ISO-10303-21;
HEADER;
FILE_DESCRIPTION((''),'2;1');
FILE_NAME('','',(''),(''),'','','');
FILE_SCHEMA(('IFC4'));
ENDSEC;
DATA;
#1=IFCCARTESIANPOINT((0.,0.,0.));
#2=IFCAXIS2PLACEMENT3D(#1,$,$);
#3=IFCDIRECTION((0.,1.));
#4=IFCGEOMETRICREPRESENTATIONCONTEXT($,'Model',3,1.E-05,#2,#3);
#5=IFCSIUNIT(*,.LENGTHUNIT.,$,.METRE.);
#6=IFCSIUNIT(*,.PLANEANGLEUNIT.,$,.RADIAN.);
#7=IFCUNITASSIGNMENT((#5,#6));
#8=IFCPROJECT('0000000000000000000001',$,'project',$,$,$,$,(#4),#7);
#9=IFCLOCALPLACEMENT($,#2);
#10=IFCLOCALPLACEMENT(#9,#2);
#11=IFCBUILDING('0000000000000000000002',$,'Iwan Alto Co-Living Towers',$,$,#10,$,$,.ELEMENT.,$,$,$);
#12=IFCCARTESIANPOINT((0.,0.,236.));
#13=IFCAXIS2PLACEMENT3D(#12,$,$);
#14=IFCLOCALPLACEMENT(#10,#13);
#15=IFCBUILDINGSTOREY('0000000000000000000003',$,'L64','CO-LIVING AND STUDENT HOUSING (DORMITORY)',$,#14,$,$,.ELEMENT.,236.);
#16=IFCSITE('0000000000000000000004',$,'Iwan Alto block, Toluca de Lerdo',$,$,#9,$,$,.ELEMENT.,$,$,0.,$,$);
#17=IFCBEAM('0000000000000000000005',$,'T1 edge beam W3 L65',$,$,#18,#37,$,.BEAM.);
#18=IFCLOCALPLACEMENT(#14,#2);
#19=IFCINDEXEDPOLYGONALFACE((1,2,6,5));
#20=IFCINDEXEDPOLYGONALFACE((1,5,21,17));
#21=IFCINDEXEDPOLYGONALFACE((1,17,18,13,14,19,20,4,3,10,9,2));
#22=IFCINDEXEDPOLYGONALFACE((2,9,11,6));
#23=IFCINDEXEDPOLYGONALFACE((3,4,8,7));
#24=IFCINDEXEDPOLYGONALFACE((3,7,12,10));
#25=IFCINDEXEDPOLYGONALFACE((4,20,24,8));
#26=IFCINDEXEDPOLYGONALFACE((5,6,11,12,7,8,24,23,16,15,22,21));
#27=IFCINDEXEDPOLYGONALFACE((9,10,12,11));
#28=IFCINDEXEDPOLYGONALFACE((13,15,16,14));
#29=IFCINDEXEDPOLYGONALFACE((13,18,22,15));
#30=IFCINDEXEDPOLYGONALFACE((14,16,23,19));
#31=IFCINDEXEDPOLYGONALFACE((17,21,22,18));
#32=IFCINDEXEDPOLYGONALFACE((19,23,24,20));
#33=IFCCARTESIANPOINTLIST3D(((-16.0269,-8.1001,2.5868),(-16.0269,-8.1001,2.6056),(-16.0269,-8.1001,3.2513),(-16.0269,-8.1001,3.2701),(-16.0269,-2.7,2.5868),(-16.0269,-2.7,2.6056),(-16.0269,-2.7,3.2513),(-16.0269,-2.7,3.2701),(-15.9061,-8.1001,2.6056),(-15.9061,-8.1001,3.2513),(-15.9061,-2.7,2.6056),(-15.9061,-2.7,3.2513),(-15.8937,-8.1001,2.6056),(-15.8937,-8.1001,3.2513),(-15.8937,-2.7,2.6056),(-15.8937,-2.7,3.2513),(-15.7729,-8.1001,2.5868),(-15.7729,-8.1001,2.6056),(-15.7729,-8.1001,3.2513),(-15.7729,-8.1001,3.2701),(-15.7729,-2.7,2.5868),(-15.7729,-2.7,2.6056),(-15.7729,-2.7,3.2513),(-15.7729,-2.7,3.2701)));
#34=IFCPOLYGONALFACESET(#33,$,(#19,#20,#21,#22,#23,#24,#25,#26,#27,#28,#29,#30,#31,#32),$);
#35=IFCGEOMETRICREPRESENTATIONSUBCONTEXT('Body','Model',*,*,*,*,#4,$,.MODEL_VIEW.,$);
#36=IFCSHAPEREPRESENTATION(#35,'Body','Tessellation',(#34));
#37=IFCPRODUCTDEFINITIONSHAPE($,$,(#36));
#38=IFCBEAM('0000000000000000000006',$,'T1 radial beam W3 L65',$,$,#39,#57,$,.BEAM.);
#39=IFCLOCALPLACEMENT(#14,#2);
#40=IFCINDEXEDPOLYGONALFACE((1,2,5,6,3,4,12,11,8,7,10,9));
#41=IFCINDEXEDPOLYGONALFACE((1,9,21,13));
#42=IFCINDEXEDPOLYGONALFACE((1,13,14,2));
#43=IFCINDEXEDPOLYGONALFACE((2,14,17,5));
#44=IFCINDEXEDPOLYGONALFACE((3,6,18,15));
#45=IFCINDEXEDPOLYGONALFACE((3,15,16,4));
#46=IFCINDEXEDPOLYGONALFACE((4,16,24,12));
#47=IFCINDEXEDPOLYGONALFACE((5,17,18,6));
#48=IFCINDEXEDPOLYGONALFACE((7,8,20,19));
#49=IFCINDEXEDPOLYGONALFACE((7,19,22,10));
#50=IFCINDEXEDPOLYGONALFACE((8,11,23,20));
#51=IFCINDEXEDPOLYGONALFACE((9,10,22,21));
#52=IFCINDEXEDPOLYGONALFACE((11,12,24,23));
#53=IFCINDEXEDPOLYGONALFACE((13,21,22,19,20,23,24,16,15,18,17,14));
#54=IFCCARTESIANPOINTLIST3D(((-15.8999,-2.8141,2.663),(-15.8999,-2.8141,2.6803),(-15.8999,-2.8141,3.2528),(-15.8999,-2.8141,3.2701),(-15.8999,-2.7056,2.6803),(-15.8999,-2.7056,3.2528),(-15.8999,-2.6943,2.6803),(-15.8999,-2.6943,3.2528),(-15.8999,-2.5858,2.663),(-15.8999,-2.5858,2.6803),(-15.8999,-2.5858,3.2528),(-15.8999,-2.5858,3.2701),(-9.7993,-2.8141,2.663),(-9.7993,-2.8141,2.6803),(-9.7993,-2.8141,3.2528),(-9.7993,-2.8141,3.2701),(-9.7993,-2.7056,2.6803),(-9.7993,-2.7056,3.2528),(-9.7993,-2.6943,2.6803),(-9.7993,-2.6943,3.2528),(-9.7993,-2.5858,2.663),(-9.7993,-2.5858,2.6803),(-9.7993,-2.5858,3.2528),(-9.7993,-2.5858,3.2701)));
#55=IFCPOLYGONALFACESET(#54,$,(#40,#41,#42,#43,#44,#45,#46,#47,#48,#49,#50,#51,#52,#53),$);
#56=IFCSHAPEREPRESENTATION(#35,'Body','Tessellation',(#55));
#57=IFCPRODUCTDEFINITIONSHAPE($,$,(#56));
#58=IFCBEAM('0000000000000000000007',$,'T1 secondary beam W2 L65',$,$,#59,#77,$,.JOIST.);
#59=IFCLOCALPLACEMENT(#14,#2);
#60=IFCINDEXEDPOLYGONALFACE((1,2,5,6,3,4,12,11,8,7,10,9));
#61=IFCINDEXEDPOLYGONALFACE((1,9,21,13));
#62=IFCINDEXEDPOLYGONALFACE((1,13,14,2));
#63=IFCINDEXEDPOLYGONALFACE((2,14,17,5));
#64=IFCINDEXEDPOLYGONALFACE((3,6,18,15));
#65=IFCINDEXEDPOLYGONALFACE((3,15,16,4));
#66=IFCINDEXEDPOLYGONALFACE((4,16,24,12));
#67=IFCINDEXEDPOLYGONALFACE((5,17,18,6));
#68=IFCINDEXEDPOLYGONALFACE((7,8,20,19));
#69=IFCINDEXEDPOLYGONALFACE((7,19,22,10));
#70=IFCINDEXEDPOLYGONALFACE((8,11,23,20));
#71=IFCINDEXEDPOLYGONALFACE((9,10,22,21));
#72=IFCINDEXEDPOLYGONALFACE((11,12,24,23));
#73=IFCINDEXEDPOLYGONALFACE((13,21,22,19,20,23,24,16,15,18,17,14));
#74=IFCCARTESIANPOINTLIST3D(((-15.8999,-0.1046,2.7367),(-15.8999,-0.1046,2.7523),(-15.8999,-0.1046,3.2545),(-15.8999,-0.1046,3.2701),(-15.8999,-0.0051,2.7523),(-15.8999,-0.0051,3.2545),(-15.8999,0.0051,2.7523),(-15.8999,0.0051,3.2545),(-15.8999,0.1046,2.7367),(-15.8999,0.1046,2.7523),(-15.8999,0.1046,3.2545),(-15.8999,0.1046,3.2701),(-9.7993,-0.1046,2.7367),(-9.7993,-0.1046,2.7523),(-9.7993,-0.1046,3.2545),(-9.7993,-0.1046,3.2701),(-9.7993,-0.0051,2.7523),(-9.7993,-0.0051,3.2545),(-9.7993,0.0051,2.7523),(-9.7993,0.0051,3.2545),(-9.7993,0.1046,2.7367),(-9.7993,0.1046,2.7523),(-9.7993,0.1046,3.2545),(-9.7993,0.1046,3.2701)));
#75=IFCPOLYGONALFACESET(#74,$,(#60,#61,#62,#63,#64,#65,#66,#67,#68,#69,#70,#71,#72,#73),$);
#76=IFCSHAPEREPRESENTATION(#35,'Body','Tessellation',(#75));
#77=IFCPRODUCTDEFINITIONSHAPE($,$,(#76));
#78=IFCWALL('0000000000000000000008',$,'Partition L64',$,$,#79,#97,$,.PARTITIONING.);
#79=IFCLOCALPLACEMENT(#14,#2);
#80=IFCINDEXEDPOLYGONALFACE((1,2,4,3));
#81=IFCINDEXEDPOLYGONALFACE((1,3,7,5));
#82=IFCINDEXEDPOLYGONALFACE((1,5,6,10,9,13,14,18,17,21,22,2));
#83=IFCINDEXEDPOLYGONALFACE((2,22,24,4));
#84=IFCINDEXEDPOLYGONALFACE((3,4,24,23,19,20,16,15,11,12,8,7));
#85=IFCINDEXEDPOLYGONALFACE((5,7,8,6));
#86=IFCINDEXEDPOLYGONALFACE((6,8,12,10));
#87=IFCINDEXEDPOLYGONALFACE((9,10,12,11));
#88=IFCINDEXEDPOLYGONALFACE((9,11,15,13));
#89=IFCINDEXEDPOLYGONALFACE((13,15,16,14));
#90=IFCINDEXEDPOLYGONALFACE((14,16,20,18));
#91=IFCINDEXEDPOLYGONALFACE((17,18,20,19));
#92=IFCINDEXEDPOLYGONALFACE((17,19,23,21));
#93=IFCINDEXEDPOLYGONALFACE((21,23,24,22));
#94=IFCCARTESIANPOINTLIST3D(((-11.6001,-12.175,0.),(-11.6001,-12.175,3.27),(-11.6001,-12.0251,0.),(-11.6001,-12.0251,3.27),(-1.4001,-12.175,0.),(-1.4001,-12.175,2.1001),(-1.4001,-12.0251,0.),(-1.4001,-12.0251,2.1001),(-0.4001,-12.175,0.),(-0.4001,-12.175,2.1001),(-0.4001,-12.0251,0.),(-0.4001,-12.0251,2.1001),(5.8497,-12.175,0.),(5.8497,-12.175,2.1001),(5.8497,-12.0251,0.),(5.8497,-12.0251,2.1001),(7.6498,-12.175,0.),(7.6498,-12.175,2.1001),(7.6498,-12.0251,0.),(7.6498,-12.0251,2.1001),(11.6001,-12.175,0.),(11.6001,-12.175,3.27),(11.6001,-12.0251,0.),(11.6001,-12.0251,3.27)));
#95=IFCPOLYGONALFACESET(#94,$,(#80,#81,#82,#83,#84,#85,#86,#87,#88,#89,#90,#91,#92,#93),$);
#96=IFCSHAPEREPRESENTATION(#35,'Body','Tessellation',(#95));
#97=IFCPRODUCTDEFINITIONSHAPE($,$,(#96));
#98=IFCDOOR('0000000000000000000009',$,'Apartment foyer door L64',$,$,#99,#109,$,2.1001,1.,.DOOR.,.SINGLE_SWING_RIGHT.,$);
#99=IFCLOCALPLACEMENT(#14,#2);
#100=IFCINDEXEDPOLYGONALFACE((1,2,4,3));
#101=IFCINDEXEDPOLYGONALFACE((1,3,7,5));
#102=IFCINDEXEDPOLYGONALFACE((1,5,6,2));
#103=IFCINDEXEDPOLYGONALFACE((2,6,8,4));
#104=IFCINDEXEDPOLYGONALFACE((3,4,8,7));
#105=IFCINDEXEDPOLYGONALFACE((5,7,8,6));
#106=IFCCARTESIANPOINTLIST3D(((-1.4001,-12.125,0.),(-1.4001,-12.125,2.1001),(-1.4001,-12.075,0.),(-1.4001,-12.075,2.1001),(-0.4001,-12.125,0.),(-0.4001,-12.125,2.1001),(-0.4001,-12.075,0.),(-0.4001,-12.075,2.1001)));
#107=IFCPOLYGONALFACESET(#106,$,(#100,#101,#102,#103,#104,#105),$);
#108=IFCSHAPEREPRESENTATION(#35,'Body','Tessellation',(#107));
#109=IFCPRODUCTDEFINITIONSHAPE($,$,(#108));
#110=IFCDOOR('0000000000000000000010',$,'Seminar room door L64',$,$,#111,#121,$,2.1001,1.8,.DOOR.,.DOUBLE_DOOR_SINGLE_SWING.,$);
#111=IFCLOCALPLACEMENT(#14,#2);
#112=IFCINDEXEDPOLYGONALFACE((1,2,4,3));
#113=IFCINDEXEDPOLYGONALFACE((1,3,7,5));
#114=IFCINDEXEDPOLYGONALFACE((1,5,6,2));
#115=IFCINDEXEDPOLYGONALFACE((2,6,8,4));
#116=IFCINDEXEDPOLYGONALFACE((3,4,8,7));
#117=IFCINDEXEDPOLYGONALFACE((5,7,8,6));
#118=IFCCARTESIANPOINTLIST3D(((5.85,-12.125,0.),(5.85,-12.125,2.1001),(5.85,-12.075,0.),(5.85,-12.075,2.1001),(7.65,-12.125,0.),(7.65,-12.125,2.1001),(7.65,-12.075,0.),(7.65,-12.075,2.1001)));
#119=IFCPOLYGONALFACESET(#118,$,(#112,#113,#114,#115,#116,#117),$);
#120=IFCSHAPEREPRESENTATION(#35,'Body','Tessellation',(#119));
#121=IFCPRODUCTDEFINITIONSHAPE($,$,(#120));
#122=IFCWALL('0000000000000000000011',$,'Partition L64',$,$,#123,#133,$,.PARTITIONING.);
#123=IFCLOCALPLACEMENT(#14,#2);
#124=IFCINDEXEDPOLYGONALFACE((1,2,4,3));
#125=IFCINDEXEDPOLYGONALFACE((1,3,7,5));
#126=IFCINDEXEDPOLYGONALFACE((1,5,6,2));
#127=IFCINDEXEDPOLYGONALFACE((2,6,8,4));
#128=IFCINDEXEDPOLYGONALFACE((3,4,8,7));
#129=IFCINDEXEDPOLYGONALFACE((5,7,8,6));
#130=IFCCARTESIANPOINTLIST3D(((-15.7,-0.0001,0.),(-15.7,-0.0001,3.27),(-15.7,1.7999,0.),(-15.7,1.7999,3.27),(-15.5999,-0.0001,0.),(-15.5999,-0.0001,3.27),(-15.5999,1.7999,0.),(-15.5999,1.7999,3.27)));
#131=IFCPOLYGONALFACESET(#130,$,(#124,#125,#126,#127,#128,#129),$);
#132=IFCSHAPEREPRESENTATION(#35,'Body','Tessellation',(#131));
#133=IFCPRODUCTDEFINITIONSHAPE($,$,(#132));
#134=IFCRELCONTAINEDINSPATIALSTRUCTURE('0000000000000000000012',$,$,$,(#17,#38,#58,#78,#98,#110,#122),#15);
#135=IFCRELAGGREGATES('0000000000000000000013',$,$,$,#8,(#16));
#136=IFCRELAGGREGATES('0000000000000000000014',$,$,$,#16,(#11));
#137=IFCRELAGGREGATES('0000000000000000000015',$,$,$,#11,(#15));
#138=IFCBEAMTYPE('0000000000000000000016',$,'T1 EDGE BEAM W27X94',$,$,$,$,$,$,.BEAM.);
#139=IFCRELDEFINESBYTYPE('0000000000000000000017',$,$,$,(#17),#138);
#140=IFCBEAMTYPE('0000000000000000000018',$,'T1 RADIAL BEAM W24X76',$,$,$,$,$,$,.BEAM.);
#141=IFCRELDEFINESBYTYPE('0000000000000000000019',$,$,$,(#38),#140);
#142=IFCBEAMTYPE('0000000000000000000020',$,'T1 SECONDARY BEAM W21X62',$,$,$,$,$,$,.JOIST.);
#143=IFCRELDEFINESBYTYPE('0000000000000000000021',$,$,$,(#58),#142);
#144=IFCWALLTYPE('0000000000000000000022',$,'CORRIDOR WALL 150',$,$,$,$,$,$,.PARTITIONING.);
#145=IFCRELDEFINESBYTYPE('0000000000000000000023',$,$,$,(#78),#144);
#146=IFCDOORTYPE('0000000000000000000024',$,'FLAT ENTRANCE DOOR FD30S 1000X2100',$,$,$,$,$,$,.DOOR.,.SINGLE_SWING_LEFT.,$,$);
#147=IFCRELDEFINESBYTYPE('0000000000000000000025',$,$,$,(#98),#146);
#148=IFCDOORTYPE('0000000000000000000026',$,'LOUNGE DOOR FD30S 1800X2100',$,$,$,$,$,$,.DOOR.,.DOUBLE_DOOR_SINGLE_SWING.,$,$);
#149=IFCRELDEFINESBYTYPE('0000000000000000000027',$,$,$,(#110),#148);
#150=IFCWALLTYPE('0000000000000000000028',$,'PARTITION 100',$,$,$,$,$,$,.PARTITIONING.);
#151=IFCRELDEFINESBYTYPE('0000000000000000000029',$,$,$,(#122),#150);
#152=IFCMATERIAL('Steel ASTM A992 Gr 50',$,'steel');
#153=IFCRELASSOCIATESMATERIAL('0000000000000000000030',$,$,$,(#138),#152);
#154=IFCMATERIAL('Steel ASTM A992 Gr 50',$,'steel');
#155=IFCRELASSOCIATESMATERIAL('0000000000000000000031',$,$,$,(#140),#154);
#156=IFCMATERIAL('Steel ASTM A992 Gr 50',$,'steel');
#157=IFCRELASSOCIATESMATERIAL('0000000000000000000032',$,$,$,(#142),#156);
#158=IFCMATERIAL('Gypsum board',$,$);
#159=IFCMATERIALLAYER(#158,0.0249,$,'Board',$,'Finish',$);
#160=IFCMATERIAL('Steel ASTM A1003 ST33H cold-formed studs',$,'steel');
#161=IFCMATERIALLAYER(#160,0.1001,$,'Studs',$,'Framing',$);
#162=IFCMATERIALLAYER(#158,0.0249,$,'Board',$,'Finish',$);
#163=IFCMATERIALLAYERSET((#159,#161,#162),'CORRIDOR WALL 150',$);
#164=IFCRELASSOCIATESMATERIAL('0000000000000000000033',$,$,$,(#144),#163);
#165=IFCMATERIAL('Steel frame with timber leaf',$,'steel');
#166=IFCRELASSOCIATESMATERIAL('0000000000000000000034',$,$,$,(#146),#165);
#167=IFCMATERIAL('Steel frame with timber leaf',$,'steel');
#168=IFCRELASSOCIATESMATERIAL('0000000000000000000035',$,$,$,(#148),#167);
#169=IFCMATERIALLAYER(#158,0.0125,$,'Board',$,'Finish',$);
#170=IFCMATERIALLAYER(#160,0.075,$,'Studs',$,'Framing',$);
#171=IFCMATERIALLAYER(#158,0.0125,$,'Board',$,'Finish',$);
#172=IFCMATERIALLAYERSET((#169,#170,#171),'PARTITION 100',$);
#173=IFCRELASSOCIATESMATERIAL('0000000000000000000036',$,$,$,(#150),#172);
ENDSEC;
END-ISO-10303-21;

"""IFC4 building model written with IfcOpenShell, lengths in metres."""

from ifc_helpers import new_model, si_unit, direction, frame, frame_2d, origin, origin_2d, place, context, subcontext, project, spatial, rectangle, i_section, extrude, material, layer, layer_set, material_profile, profile_set, type_object, element, fill, save


model = new_model("IFC4")

# Units and contexts
model_context = context("Model", 3, precision=1e-05, world=origin(), true_north=direction((0.0, 1.0)))
body_context = subcontext(model_context, "Body", "Model", "MODEL_VIEW")
ifc_project = project(units=[si_unit("LENGTHUNIT", "METRE"), si_unit("PLANEANGLEUNIT", "RADIAN")], contexts=[model_context])

# Site, building, storey
site_placement = place(None, origin())
site = spatial("IfcSite", under=ifc_project, at=site_placement, Name="Iwan Alto block, Toluca de Lerdo", CompositionType="ELEMENT", RefElevation=0.0)
building_placement = place(site_placement, origin())
building = spatial("IfcBuilding", under=site, at=building_placement, Name="Iwan Alto Co-Living Towers", CompositionType="ELEMENT")
storey_placement = place(building_placement, frame((0.0, 0.0, 236.0)))
storey = spatial("IfcBuildingStorey", under=building, at=storey_placement, Name="L64", Description="CO-LIVING AND STUDENT HOUSING (DORMITORY)", CompositionType="ELEMENT", Elevation=236.0)

# Beams
ifc_material_1 = material(Name="Steel ASTM A992 Gr 50", Category="steel")
ifc_material_profile_1 = material_profile(ifc_material_1, i_section(OverallWidth=0.2539, OverallDepth=0.6833, WebThickness=0.0125, FlangeThickness=0.0188, at=origin_2d()), Name="W27X94")
ifc_profile_set_1 = profile_set([ifc_material_profile_1], Name="Steel ASTM A992 Gr 50")
beam_type_1 = type_object("IfcBeamType", Name="T1 EDGE BEAM W27X94", PredefinedType="BEAM", material=ifc_profile_set_1)
beam_1_placement = place(storey_placement, frame((-15.8999, -2.7, 2.9285), z_axis=(0.0, -1.0, 0.0), x_axis=(1.0, 0.0, 0.0)))
element("IfcBeam", 1, at=beam_1_placement, inside=storey, type_object=beam_type_1, Name="T1 edge beam W3 L65", PredefinedType="BEAM", context=body_context, shape_type="SweptSolid", body=[
    extrude(i_section(OverallWidth=0.2539, OverallDepth=0.6833, WebThickness=0.0125, FlangeThickness=0.0188, at=origin_2d()), origin(), (0.0, 0.0, 1.0), 5.4001),
])
ifc_material_2 = material(Name="Steel ASTM A992 Gr 50", Category="steel")
ifc_material_profile_2 = material_profile(ifc_material_2, i_section(OverallWidth=0.2283, OverallDepth=0.6072, WebThickness=0.0112, FlangeThickness=0.0173, at=origin_2d()), Name="W24X76")
ifc_profile_set_2 = profile_set([ifc_material_profile_2], Name="Steel ASTM A992 Gr 50")
beam_type_2 = type_object("IfcBeamType", Name="T1 RADIAL BEAM W24X76", PredefinedType="BEAM", material=ifc_profile_set_2)
beam_2_placement = place(storey_placement, frame((-15.8999, -2.7, 2.9666), z_axis=(1.0, 0.0, 0.0), x_axis=(0.0, 1.0, 0.0)))
element("IfcBeam", 2, at=beam_2_placement, inside=storey, type_object=beam_type_2, Name="T1 radial beam W3 L65", PredefinedType="BEAM", context=body_context, shape_type="SweptSolid", body=[
    extrude(i_section(OverallWidth=0.2283, OverallDepth=0.6072, WebThickness=0.0112, FlangeThickness=0.0173, at=origin_2d()), origin(), (0.0, 0.0, 1.0), 6.1006),
])
ifc_material_3 = material(Name="Steel ASTM A992 Gr 50", Category="steel")
ifc_material_profile_3 = material_profile(ifc_material_3, i_section(OverallWidth=0.2092, OverallDepth=0.5334, WebThickness=0.0103, FlangeThickness=0.0156, at=origin_2d()), Name="W21X62")
ifc_profile_set_3 = profile_set([ifc_material_profile_3], Name="Steel ASTM A992 Gr 50")
beam_type_3 = type_object("IfcBeamType", Name="T1 SECONDARY BEAM W21X62", PredefinedType="JOIST", material=ifc_profile_set_3)
beam_3_placement = place(storey_placement, frame((-15.8999, 0.0, 3.0034), z_axis=(1.0, 0.0, 0.0), x_axis=(0.0, 1.0, 0.0)))
element("IfcBeam", 3, at=beam_3_placement, inside=storey, type_object=beam_type_3, Name="T1 secondary beam W2 L65", PredefinedType="JOIST", context=body_context, shape_type="SweptSolid", body=[
    extrude(i_section(OverallWidth=0.2092, OverallDepth=0.5334, WebThickness=0.0103, FlangeThickness=0.0156, at=origin_2d()), origin(), (0.0, 0.0, 1.0), 6.1006),
])

# Wall, openings, doors
ifc_material_4 = material(Name="Gypsum board")
ifc_layer_1 = layer(ifc_material_4, 0.0249, Name="Board", Category="Finish")
ifc_material_5 = material(Name="Steel ASTM A1003 ST33H cold-formed studs", Category="steel")
ifc_layer_2 = layer(ifc_material_5, 0.1001, Name="Studs", Category="Framing")
ifc_layer_3 = layer(ifc_material_4, 0.0249, Name="Board", Category="Finish")
ifc_layer_set_1 = layer_set([ifc_layer_1, ifc_layer_2, ifc_layer_3], Name="CORRIDOR WALL 150")
wall_type_1 = type_object("IfcWallType", Name="CORRIDOR WALL 150", PredefinedType="PARTITIONING", material=ifc_layer_set_1)
wall_1_placement = place(storey_placement, frame((-11.6001, -12.1001, 0.0), z_axis=(0.0, 0.0, 1.0), x_axis=(1.0, 0.0, 0.0)))
wall_1 = element("IfcWall", 4, at=wall_1_placement, inside=storey, type_object=wall_type_1, Name="Partition L64", PredefinedType="PARTITIONING", context=body_context, shape_type="SweptSolid", body=[
    extrude(rectangle(XDim=23.2002, YDim=0.1499, at=frame_2d((11.6001, 0.0))), origin(), (0.0, 0.0, 1.0), 3.27),
])
opening_1_placement = place(wall_1_placement, frame((10.2, 0.0, 0.0)))
opening_1 = element("IfcOpeningElement", 5, at=opening_1_placement, cuts=wall_1, PredefinedType="OPENING", context=body_context, shape_type="SweptSolid", body=[
    extrude(rectangle(XDim=1.0, YDim=2.1001, at=frame_2d((0.5, 1.05))), frame((0.0, 0.085, 0.0), z_axis=(0.0, -1.0, 0.0), x_axis=(1.0, 0.0, 0.0)), (0.0, 0.0, 1.0), 0.1699),
])
opening_2_placement = place(wall_1_placement, frame((17.45, 0.0, 0.0)))
opening_2 = element("IfcOpeningElement", 6, at=opening_2_placement, cuts=wall_1, PredefinedType="OPENING", context=body_context, shape_type="SweptSolid", body=[
    extrude(rectangle(XDim=1.8, YDim=2.1001, at=frame_2d((0.8999, 1.05))), frame((0.0, 0.085, 0.0), z_axis=(0.0, -1.0, 0.0), x_axis=(1.0, 0.0, 0.0)), (0.0, 0.0, 1.0), 0.1699),
])
ifc_material_6 = material(Name="Steel frame with timber leaf", Category="steel")
door_type_1 = type_object("IfcDoorType", Name="FLAT ENTRANCE DOOR FD30S 1000X2100", OperationType="SINGLE_SWING_LEFT", PredefinedType="DOOR", material=ifc_material_6)
door_1_placement = place(opening_1_placement, frame((1.0, 0.0, 0.0), z_axis=(0.0, 0.0, 1.0), x_axis=(-1.0, 0.0, 0.0)))
door_1 = element("IfcDoor", 7, at=door_1_placement, inside=storey, type_object=door_type_1, Name="Apartment foyer door L64", OperationType="SINGLE_SWING_RIGHT", OverallHeight=2.1001, OverallWidth=1.0, PredefinedType="DOOR", context=body_context, shape_type="SweptSolid", body=[
    extrude(rectangle(XDim=1.0, YDim=2.1001, at=frame_2d((0.5, 1.05))), frame((0.0, 0.0249, 0.0), z_axis=(0.0, -1.0, 0.0), x_axis=(1.0, 0.0, 0.0)), (0.0, 0.0, 1.0), 0.05),
])
fill(opening_1, door_1)
ifc_material_7 = material(Name="Steel frame with timber leaf", Category="steel")
door_type_2 = type_object("IfcDoorType", Name="LOUNGE DOOR FD30S 1800X2100", OperationType="DOUBLE_DOOR_SINGLE_SWING", PredefinedType="DOOR", material=ifc_material_7)
door_2_placement = place(opening_2_placement, frame((1.8, 0.0, 0.0), z_axis=(0.0, 0.0, 1.0), x_axis=(-1.0, 0.0, 0.0)))
door_2 = element("IfcDoor", 8, at=door_2_placement, inside=storey, type_object=door_type_2, Name="Seminar room door L64", OperationType="DOUBLE_DOOR_SINGLE_SWING", OverallHeight=2.1001, OverallWidth=1.8, PredefinedType="DOOR", context=body_context, shape_type="SweptSolid", body=[
    extrude(rectangle(XDim=1.8, YDim=2.1001, at=frame_2d((0.8999, 1.05))), frame((0.0, 0.0249, 0.0), z_axis=(0.0, -1.0, 0.0), x_axis=(1.0, 0.0, 0.0)), (0.0, 0.0, 1.0), 0.05),
])
fill(opening_2, door_2)

# Wall
ifc_layer_4 = layer(ifc_material_4, 0.0125, Name="Board", Category="Finish")
ifc_layer_5 = layer(ifc_material_5, 0.075, Name="Studs", Category="Framing")
ifc_layer_6 = layer(ifc_material_4, 0.0125, Name="Board", Category="Finish")
ifc_layer_set_2 = layer_set([ifc_layer_4, ifc_layer_5, ifc_layer_6], Name="PARTITION 100")
wall_type_2 = type_object("IfcWallType", Name="PARTITION 100", PredefinedType="PARTITIONING", material=ifc_layer_set_2)
wall_2_placement = place(storey_placement, frame((-15.6499, 0.0, 0.0), z_axis=(0.0, 0.0, 1.0), x_axis=(0.0, 1.0, 0.0)))
element("IfcWall", 9, at=wall_2_placement, inside=storey, type_object=wall_type_2, Name="Partition L64", PredefinedType="PARTITIONING", context=body_context, shape_type="SweptSolid", body=[
    extrude(rectangle(XDim=1.8, YDim=0.1001, at=frame_2d((0.8999, 0.0))), origin(), (0.0, 0.0, 1.0), 3.27),
])

save(model, "model.ifc")
